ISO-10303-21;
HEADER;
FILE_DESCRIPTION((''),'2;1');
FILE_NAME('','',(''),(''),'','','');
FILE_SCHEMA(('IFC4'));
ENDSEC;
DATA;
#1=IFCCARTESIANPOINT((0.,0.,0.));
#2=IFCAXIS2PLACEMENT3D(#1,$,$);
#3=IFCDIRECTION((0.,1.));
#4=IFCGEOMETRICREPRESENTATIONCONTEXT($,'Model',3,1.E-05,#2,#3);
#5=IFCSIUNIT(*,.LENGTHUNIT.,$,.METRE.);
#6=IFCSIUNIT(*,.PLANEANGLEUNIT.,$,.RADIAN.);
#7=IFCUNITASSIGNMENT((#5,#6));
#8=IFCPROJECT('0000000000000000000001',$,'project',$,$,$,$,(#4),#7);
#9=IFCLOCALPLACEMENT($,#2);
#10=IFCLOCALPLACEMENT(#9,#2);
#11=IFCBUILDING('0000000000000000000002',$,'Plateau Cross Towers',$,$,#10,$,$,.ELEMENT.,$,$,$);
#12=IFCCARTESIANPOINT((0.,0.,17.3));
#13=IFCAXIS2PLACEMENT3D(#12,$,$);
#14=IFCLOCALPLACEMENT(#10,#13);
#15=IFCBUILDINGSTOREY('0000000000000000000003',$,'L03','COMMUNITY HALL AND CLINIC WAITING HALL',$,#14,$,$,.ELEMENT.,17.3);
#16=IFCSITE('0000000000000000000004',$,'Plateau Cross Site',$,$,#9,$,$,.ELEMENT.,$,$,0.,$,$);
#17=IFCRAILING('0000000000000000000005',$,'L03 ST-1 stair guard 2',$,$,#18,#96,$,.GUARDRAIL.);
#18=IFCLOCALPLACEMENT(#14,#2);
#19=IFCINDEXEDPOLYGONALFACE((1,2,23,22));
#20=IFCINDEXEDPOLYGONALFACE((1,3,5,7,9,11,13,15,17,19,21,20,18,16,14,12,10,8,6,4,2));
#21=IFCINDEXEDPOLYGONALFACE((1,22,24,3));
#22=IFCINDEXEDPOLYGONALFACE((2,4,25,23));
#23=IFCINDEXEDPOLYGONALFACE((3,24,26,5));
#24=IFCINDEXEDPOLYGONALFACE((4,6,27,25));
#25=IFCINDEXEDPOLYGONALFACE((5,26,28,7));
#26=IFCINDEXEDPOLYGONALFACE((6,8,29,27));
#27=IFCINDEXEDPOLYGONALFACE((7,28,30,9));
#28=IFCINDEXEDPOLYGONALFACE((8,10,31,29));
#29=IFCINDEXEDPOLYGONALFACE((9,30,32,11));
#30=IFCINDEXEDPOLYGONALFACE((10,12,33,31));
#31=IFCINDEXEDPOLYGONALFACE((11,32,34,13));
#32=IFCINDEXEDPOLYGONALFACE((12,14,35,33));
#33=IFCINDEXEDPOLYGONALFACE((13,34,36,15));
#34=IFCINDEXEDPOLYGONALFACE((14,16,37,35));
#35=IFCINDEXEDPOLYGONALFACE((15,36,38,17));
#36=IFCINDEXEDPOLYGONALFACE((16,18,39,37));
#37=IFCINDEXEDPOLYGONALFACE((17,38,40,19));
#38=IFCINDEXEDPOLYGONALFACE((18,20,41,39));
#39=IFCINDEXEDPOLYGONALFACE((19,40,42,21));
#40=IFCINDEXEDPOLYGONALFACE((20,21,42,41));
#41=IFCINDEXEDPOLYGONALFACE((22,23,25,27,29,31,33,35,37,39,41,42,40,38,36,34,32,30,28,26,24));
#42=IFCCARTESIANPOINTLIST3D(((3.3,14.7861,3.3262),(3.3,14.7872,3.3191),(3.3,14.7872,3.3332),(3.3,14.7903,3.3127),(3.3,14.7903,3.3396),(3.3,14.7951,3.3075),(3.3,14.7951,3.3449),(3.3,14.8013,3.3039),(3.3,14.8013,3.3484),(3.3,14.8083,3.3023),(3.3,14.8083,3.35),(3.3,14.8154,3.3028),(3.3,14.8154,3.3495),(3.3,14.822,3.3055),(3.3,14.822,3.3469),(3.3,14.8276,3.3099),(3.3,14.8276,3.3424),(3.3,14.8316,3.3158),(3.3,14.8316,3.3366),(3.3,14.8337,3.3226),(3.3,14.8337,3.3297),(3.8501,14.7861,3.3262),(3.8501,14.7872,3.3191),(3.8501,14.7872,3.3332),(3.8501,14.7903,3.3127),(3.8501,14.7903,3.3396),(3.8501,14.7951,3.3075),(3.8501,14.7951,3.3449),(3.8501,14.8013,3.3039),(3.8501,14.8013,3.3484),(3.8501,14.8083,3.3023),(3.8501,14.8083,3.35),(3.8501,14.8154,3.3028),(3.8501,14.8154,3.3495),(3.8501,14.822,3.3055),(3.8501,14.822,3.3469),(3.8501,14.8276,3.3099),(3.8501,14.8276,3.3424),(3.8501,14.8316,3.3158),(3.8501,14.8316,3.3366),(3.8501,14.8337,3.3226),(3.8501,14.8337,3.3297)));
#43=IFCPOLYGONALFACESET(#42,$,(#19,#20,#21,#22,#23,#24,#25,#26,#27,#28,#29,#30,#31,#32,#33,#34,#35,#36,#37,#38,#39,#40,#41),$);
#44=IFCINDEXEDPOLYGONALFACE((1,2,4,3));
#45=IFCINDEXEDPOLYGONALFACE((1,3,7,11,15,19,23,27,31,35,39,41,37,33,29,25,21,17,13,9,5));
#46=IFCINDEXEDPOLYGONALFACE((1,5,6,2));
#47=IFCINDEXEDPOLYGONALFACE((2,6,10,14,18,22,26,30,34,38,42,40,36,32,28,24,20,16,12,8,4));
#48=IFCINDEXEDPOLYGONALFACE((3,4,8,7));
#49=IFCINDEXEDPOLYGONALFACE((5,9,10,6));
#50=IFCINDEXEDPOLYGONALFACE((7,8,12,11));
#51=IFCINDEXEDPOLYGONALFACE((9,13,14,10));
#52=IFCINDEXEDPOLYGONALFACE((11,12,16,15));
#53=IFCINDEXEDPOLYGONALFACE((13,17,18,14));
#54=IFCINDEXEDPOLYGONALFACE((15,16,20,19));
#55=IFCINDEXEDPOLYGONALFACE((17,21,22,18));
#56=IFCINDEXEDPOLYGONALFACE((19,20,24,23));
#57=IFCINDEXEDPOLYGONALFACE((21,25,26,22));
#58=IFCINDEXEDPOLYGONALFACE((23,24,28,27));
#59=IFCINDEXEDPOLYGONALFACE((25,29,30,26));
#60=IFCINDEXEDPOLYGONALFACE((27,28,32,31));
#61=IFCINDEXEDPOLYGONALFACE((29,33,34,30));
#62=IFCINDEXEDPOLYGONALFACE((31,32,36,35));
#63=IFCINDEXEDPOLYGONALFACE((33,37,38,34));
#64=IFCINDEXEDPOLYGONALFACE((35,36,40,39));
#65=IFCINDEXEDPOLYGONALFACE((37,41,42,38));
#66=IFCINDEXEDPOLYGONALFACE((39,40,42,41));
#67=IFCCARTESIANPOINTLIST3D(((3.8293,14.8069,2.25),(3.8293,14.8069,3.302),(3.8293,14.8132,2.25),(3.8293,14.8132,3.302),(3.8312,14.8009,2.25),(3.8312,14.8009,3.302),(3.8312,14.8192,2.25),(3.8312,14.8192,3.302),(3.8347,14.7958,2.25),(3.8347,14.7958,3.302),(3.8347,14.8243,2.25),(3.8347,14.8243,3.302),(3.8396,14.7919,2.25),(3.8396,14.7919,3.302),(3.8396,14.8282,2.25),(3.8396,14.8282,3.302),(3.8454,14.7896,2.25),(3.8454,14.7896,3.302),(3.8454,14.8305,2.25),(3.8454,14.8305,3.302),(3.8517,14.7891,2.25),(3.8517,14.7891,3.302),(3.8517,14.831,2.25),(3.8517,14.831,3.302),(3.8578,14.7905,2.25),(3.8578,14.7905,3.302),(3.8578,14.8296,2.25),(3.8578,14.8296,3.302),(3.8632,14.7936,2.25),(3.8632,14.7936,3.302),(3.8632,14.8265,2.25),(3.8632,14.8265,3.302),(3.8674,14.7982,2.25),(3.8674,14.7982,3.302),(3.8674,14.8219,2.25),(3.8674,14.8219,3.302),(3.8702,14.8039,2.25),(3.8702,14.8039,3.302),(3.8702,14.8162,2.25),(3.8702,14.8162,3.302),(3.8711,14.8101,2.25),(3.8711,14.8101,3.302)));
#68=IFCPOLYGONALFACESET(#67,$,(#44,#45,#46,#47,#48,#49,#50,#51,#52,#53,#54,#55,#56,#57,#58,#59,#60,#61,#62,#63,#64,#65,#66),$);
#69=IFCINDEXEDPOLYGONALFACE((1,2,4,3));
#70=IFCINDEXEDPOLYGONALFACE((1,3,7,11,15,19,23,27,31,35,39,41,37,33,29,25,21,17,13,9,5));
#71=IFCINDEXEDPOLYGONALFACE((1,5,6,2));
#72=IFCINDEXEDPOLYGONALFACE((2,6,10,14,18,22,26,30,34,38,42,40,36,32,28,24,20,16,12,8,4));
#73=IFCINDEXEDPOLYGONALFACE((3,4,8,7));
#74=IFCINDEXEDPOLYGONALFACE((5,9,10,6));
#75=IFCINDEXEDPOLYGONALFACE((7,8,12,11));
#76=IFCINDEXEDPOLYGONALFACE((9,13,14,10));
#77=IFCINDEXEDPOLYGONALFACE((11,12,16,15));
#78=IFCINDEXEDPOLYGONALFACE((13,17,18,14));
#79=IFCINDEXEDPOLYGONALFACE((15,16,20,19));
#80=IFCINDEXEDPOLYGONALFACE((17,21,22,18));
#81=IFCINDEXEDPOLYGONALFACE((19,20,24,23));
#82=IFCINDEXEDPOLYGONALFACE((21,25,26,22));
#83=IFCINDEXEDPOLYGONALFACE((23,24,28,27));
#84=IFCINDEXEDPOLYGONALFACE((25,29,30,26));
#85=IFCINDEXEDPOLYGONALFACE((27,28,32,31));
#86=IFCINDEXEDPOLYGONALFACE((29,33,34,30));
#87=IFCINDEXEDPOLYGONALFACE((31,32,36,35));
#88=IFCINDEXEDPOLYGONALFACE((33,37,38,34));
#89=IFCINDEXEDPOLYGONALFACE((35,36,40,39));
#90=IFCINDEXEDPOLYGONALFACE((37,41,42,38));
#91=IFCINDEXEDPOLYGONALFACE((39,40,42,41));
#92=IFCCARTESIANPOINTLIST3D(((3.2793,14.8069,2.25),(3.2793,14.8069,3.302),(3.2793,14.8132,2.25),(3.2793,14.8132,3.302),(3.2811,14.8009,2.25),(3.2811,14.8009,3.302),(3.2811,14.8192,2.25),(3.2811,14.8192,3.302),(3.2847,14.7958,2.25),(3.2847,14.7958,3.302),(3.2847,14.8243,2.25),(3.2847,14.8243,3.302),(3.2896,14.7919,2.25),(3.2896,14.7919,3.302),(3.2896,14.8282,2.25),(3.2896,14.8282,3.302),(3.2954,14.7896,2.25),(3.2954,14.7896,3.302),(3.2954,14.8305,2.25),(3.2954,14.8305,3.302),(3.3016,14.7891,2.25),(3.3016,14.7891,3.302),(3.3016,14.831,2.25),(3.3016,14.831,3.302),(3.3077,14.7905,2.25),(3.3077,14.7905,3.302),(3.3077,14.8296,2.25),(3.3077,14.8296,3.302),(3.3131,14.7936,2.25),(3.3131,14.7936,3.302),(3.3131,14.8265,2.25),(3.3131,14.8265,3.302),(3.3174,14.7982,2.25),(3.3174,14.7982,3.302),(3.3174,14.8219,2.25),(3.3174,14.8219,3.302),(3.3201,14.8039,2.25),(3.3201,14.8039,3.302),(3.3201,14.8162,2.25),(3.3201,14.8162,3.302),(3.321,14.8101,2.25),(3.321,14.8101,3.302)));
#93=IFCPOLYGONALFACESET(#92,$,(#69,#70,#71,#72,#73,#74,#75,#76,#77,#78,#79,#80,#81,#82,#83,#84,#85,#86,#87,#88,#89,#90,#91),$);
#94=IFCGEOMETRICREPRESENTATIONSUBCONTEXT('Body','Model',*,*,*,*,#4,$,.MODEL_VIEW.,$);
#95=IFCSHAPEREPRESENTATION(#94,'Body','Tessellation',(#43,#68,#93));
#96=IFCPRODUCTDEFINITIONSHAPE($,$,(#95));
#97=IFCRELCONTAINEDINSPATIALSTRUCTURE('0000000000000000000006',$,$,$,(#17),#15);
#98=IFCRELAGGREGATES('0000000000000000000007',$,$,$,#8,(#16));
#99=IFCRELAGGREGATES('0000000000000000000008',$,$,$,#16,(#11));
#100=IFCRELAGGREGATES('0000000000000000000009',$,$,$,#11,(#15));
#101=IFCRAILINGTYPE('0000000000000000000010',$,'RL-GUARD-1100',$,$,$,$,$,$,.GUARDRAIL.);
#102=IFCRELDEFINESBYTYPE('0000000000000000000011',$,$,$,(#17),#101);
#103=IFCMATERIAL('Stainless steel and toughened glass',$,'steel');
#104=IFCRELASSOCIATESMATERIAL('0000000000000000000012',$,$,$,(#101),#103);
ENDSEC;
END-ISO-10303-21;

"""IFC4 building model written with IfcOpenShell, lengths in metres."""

from ifc_helpers import new_model, si_unit, direction, frame, origin, origin_2d, place, context, subcontext, project, spatial, circle, extrude, material, type_object, element, save


model = new_model("IFC4")

# Units and contexts
model_context = context("Model", 3, precision=1e-05, world=origin(), true_north=direction((0.0, 1.0)))
body_context = subcontext(model_context, "Body", "Model", "MODEL_VIEW")
ifc_project = project(units=[si_unit("LENGTHUNIT", "METRE"), si_unit("PLANEANGLEUNIT", "RADIAN")], contexts=[model_context])

# Site, building, storey
site_placement = place(None, origin())
site = spatial("IfcSite", under=ifc_project, at=site_placement, Name="Plateau Cross Site", CompositionType="ELEMENT", RefElevation=0.0)
building_placement = place(site_placement, origin())
building = spatial("IfcBuilding", under=site, at=building_placement, Name="Plateau Cross Towers", CompositionType="ELEMENT")
storey_placement = place(building_placement, frame((0.0, 0.0, 17.3)))
storey = spatial("IfcBuildingStorey", under=building, at=storey_placement, Name="L03", Description="COMMUNITY HALL AND CLINIC WAITING HALL", CompositionType="ELEMENT", Elevation=17.3)

# Railing
ifc_material_1 = material(Name="Stainless steel and toughened glass", Category="steel")
railing_type_1 = type_object("IfcRailingType", Name="RL-GUARD-1100", PredefinedType="GUARDRAIL", material=ifc_material_1)
railing_1_placement = place(storey_placement, frame((3.8501, 14.8101, 2.25)))
element("IfcRailing", 1, at=railing_1_placement, inside=storey, type_object=railing_type_1, Name="L03 ST-1 stair guard 2", PredefinedType="GUARDRAIL", context=body_context, shape_type="SweptSolid", body=[
    extrude(circle(Radius=0.0239, at=origin_2d()), frame((0.0, 0.0, 1.0762), z_axis=(-1.0, 0.0, 0.0), x_axis=(0.0, -1.0, 0.0)), (0.0, 0.0, 1.0), 0.55),
    extrude(circle(Radius=0.021, at=origin_2d()), origin(), (0.0, 0.0, 1.0), 1.052),
    extrude(circle(Radius=0.021, at=origin_2d()), frame((-0.55, 0.0, 0.0)), (0.0, 0.0, 1.0), 1.052),
])

save(model, "model.ifc")
